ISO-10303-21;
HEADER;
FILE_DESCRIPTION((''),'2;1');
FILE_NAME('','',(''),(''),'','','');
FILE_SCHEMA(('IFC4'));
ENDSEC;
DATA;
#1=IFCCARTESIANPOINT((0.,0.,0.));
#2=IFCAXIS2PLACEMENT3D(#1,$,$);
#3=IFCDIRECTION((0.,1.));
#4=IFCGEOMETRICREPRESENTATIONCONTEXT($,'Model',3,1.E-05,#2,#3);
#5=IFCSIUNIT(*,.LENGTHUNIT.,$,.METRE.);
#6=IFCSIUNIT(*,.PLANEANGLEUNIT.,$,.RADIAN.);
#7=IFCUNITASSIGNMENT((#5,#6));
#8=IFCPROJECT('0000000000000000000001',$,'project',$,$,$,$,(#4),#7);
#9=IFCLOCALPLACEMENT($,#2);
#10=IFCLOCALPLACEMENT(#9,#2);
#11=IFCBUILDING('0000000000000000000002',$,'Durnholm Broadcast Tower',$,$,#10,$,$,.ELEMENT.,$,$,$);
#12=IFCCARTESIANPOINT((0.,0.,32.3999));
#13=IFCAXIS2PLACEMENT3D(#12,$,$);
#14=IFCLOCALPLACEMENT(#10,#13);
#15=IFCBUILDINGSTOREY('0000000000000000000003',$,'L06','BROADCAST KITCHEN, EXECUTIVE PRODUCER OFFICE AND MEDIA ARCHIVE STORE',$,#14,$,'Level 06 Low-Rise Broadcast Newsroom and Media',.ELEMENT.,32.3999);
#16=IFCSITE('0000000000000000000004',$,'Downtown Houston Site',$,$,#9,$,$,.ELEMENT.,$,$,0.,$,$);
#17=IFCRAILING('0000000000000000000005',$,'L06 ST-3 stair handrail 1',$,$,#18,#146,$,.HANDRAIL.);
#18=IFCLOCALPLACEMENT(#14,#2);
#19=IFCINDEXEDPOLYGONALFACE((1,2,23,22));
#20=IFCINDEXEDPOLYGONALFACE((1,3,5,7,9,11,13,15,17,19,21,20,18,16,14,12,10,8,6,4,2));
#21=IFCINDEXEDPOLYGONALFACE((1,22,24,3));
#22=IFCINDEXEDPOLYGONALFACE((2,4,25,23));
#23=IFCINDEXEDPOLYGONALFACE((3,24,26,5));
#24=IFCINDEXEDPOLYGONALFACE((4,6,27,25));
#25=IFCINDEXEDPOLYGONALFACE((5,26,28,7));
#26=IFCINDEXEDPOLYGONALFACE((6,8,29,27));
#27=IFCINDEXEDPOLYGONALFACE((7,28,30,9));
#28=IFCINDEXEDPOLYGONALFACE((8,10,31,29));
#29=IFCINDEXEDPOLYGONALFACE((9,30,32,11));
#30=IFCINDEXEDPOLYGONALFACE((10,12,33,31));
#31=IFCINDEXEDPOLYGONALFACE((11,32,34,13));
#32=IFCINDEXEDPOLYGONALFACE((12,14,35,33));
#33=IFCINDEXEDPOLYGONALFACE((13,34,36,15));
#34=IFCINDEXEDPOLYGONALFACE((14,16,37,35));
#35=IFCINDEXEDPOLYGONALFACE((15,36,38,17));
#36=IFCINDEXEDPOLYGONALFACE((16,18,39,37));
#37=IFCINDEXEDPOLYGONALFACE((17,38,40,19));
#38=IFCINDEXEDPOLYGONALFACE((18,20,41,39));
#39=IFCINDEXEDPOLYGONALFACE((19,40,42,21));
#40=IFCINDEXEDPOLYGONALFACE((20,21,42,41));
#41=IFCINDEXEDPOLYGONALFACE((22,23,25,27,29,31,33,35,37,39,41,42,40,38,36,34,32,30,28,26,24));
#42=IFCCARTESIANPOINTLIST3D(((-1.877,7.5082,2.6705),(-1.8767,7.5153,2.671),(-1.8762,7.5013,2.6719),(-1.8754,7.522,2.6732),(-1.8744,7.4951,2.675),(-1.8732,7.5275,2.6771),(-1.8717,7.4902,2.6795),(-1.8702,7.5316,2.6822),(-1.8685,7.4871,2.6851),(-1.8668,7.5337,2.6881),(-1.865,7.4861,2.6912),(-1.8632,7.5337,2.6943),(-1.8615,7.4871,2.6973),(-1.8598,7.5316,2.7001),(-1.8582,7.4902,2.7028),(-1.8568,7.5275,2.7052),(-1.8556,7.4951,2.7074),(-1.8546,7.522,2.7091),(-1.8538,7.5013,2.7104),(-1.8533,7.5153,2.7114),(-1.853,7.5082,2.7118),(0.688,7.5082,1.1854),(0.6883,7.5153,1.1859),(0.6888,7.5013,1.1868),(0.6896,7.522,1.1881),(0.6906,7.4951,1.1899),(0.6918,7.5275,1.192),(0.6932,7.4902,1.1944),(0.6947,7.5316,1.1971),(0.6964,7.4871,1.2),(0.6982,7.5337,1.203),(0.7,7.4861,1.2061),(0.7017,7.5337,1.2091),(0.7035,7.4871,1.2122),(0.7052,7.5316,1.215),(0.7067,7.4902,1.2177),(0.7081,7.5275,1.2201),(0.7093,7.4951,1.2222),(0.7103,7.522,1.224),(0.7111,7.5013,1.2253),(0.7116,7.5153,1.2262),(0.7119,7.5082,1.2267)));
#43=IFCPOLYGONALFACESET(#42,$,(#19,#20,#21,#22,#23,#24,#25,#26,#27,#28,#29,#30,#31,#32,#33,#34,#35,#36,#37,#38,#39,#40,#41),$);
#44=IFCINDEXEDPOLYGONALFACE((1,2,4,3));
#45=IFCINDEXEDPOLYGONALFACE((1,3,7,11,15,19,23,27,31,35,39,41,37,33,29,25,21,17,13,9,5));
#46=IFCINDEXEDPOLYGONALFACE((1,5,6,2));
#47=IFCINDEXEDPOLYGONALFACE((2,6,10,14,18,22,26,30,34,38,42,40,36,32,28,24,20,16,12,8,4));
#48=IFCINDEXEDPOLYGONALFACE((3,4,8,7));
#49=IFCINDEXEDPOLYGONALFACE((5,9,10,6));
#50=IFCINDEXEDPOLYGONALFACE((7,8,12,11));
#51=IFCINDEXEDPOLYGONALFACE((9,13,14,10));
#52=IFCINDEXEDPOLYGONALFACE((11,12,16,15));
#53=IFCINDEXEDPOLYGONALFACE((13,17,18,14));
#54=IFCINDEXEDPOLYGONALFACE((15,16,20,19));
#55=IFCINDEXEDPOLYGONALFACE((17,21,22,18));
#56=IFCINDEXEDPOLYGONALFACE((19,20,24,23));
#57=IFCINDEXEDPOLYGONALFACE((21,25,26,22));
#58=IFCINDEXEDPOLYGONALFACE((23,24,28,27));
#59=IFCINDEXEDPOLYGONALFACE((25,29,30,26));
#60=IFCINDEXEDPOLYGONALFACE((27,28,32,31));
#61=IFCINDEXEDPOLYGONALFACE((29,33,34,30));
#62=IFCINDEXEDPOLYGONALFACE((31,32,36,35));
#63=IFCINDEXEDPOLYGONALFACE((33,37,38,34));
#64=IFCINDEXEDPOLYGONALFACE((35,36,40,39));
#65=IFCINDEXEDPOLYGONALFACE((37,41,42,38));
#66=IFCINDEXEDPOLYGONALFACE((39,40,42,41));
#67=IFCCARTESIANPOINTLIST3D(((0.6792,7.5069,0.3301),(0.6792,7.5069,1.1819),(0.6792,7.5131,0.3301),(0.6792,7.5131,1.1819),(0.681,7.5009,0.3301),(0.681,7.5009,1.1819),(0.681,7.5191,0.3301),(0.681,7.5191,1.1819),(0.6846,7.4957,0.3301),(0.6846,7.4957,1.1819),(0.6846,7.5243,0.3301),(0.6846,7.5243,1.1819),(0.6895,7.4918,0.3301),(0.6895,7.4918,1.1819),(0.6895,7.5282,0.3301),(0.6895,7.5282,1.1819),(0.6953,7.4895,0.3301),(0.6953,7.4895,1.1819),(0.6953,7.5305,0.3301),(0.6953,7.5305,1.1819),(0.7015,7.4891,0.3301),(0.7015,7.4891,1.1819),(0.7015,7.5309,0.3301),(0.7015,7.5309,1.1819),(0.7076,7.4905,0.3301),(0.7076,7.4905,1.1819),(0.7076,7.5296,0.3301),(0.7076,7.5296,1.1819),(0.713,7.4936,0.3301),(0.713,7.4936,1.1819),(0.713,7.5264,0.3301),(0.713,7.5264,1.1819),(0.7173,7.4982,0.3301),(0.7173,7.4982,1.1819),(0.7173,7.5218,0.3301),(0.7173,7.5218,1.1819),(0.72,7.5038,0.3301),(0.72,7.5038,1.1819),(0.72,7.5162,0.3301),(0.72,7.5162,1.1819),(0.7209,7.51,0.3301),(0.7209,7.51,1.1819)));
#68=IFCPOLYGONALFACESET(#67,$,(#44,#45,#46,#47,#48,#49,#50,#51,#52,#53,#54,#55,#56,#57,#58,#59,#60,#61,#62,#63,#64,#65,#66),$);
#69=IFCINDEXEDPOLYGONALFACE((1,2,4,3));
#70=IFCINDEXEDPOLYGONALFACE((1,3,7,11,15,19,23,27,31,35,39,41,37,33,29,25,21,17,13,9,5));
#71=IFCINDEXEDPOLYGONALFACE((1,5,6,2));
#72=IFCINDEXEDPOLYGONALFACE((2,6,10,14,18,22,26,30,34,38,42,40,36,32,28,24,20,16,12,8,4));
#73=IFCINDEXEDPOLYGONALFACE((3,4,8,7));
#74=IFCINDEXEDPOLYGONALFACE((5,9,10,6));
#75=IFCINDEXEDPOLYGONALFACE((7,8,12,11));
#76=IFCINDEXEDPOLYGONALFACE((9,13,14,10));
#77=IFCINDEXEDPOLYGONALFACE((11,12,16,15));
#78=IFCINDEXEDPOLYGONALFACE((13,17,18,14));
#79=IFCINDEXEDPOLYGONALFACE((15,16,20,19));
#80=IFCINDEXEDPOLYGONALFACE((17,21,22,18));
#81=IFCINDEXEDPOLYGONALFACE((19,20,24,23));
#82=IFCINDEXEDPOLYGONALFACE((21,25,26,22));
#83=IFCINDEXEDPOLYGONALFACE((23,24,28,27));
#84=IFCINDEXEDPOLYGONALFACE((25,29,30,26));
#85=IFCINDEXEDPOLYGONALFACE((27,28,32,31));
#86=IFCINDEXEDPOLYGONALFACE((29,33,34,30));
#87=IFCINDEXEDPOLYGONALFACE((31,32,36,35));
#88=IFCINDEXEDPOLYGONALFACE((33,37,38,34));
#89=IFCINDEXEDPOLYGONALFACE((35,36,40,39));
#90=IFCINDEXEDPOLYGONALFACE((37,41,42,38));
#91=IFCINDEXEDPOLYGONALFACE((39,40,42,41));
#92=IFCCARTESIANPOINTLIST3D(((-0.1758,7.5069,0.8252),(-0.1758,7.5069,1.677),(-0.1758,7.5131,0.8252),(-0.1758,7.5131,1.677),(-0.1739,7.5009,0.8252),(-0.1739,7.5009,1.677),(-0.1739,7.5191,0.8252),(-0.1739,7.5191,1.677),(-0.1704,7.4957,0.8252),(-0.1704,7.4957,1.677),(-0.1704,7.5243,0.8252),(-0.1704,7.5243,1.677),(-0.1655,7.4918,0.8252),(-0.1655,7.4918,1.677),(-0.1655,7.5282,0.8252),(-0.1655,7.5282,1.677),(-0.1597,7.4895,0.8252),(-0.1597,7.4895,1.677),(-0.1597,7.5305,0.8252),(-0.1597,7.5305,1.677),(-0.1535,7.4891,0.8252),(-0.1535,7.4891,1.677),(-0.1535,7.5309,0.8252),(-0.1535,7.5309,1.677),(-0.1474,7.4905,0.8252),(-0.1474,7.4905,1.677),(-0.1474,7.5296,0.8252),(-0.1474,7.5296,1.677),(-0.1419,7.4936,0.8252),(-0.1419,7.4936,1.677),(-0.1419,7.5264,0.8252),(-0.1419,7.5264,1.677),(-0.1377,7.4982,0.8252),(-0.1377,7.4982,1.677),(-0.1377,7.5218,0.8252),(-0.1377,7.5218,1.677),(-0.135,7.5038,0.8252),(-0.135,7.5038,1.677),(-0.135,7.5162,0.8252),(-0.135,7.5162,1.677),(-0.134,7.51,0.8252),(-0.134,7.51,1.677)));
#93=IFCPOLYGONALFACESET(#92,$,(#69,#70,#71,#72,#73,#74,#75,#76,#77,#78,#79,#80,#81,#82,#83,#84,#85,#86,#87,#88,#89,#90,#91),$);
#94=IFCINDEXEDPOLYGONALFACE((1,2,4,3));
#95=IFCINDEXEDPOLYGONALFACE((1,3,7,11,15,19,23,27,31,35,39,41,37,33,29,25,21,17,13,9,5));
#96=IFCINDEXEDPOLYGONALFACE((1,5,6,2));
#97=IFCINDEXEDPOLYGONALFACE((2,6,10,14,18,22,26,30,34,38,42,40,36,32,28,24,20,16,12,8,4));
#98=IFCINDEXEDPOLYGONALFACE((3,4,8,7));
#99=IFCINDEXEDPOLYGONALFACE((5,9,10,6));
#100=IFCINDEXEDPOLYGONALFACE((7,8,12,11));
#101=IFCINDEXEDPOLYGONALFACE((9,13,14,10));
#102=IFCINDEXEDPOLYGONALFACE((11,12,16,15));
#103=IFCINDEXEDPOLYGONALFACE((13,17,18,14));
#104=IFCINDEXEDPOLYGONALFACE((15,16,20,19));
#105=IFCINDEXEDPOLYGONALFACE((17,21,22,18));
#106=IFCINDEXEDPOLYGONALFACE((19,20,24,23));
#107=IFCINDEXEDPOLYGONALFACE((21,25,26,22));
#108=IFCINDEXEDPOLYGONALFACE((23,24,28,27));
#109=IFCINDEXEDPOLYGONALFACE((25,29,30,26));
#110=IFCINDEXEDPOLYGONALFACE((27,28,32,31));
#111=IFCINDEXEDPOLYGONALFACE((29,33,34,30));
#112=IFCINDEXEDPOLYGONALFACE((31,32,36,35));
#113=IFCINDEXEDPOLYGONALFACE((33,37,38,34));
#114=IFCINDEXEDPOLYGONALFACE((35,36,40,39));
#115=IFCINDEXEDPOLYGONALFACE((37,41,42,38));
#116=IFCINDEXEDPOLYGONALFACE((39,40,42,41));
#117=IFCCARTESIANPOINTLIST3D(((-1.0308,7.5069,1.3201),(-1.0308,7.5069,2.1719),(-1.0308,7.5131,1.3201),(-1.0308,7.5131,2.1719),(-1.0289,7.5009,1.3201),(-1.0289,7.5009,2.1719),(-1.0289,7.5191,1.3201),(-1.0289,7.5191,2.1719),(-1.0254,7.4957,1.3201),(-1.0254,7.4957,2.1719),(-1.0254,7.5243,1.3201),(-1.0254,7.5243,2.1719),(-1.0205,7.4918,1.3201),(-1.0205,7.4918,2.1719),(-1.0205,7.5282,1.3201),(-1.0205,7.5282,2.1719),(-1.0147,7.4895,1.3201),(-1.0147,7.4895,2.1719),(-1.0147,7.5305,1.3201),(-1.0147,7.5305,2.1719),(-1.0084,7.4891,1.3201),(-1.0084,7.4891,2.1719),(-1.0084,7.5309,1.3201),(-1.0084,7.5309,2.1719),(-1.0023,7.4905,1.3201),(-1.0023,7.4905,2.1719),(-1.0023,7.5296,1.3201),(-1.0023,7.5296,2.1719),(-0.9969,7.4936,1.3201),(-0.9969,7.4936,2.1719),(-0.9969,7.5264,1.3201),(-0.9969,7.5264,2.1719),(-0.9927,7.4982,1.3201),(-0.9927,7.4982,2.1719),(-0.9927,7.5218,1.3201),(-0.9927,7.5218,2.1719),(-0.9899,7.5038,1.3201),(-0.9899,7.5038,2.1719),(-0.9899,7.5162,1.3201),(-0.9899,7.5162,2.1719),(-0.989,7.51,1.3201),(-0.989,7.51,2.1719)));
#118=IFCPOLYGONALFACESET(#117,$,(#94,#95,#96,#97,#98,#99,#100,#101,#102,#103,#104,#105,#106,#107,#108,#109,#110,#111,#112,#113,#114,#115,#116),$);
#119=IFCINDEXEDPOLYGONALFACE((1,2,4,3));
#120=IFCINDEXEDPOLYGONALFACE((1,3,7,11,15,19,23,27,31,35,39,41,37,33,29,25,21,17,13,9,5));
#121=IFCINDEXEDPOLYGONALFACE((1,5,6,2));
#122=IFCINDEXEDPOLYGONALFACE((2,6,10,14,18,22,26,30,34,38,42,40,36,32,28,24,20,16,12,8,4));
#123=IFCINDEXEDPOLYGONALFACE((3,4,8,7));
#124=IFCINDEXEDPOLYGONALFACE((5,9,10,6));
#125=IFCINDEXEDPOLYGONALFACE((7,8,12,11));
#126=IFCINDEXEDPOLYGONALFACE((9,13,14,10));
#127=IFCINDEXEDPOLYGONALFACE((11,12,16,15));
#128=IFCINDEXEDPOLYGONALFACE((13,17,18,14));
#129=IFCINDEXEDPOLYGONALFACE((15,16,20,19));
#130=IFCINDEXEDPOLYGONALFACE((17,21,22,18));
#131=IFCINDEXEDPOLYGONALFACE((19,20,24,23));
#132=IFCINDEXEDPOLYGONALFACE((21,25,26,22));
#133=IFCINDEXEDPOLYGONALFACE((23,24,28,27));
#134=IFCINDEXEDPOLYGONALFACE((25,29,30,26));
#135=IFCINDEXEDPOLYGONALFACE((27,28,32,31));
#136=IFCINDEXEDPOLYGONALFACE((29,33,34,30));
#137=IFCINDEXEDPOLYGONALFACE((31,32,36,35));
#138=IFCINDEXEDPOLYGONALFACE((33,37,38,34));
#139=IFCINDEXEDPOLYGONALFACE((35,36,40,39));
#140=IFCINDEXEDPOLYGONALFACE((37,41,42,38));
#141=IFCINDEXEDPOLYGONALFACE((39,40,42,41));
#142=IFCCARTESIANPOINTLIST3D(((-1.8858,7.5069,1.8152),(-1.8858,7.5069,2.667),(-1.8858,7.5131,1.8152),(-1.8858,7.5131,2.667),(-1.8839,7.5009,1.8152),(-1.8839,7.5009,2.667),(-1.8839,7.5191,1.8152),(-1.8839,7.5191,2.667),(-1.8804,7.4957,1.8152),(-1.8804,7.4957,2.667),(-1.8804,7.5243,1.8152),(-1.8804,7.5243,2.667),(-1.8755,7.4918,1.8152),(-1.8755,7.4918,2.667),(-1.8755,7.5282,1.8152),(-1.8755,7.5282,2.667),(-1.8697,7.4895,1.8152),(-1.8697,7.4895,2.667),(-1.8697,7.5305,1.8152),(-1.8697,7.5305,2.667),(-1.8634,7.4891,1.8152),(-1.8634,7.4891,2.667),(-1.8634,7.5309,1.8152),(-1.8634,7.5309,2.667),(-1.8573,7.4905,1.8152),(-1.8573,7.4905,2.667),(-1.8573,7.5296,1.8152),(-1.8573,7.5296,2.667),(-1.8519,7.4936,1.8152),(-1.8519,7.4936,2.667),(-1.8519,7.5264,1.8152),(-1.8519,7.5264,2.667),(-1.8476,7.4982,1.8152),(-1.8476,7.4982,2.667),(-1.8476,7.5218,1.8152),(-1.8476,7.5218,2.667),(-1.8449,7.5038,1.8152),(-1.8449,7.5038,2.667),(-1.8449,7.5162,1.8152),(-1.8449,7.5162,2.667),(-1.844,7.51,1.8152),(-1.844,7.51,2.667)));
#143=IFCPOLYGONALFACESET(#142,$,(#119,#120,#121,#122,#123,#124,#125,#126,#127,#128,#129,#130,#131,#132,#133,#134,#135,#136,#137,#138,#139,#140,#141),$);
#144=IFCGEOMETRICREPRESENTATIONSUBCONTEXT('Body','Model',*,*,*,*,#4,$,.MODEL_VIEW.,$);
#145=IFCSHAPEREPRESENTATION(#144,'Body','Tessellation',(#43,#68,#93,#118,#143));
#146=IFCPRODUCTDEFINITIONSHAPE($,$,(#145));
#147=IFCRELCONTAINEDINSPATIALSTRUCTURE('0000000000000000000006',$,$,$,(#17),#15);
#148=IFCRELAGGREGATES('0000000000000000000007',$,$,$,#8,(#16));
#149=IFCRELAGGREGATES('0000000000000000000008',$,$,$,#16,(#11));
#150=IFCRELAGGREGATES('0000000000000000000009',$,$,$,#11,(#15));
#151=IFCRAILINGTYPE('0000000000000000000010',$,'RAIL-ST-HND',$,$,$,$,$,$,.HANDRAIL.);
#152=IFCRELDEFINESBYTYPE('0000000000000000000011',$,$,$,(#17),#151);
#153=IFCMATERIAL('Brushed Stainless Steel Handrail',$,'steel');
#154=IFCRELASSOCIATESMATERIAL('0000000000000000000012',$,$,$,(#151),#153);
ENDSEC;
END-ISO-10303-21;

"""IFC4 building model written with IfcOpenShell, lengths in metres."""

from ifc_helpers import new_model, si_unit, direction, frame, origin, origin_2d, place, context, subcontext, project, spatial, circle, extrude, material, type_object, element, save


model = new_model("IFC4")

# Units and contexts
model_context = context("Model", 3, precision=1e-05, world=origin(), true_north=direction((0.0, 1.0)))
body_context = subcontext(model_context, "Body", "Model", "MODEL_VIEW")
ifc_project = project(units=[si_unit("LENGTHUNIT", "METRE"), si_unit("PLANEANGLEUNIT", "RADIAN")], contexts=[model_context])

# Site, building, storey
site_placement = place(None, origin())
site = spatial("IfcSite", under=ifc_project, at=site_placement, Name="Downtown Houston Site", CompositionType="ELEMENT", RefElevation=0.0)
building_placement = place(site_placement, origin())
building = spatial("IfcBuilding", under=site, at=building_placement, Name="Durnholm Broadcast Tower", CompositionType="ELEMENT")
storey_placement = place(building_placement, frame((0.0, 0.0, 32.3999)))
storey = spatial("IfcBuildingStorey", under=building, at=storey_placement, Name="L06", Description="BROADCAST KITCHEN, EXECUTIVE PRODUCER OFFICE AND MEDIA ARCHIVE STORE", LongName="Level 06 Low-Rise Broadcast Newsroom and Media", CompositionType="ELEMENT", Elevation=32.3999)

# Railing
ifc_material_1 = material(Name="Brushed Stainless Steel Handrail", Category="steel")
railing_type_1 = type_object("IfcRailingType", Name="RAIL-ST-HND", PredefinedType="HANDRAIL", material=ifc_material_1)
railing_1_placement = place(storey_placement, frame((0.7, 7.51, 0.3301)))
element("IfcRailing", 1, at=railing_1_placement, inside=storey, type_object=railing_type_1, Name="L06 ST-3 stair handrail 1", PredefinedType="HANDRAIL", context=body_context, shape_type="SweptSolid", body=[
    extrude(circle(Radius=0.0239, at=origin_2d()), frame((0.0, 0.0, 0.876), z_axis=(-0.865406, 0.0, 0.501072), x_axis=(0.0, -1.0, 0.0)), (0.0, 0.0, 1.0), 2.9639),
    extrude(circle(Radius=0.021, at=origin_2d()), origin(), (0.0, 0.0, 1.0), 0.8518),
    extrude(circle(Radius=0.021, at=origin_2d()), frame((-0.855, 0.0, 0.4951)), (0.0, 0.0, 1.0), 0.8518),
    extrude(circle(Radius=0.021, at=origin_2d()), frame((-1.71, 0.0, 0.99)), (0.0, 0.0, 1.0), 0.8518),
    extrude(circle(Radius=0.021, at=origin_2d()), frame((-2.5649, 0.0, 1.4851)), (0.0, 0.0, 1.0), 0.8518),
])

save(model, "model.ifc")
